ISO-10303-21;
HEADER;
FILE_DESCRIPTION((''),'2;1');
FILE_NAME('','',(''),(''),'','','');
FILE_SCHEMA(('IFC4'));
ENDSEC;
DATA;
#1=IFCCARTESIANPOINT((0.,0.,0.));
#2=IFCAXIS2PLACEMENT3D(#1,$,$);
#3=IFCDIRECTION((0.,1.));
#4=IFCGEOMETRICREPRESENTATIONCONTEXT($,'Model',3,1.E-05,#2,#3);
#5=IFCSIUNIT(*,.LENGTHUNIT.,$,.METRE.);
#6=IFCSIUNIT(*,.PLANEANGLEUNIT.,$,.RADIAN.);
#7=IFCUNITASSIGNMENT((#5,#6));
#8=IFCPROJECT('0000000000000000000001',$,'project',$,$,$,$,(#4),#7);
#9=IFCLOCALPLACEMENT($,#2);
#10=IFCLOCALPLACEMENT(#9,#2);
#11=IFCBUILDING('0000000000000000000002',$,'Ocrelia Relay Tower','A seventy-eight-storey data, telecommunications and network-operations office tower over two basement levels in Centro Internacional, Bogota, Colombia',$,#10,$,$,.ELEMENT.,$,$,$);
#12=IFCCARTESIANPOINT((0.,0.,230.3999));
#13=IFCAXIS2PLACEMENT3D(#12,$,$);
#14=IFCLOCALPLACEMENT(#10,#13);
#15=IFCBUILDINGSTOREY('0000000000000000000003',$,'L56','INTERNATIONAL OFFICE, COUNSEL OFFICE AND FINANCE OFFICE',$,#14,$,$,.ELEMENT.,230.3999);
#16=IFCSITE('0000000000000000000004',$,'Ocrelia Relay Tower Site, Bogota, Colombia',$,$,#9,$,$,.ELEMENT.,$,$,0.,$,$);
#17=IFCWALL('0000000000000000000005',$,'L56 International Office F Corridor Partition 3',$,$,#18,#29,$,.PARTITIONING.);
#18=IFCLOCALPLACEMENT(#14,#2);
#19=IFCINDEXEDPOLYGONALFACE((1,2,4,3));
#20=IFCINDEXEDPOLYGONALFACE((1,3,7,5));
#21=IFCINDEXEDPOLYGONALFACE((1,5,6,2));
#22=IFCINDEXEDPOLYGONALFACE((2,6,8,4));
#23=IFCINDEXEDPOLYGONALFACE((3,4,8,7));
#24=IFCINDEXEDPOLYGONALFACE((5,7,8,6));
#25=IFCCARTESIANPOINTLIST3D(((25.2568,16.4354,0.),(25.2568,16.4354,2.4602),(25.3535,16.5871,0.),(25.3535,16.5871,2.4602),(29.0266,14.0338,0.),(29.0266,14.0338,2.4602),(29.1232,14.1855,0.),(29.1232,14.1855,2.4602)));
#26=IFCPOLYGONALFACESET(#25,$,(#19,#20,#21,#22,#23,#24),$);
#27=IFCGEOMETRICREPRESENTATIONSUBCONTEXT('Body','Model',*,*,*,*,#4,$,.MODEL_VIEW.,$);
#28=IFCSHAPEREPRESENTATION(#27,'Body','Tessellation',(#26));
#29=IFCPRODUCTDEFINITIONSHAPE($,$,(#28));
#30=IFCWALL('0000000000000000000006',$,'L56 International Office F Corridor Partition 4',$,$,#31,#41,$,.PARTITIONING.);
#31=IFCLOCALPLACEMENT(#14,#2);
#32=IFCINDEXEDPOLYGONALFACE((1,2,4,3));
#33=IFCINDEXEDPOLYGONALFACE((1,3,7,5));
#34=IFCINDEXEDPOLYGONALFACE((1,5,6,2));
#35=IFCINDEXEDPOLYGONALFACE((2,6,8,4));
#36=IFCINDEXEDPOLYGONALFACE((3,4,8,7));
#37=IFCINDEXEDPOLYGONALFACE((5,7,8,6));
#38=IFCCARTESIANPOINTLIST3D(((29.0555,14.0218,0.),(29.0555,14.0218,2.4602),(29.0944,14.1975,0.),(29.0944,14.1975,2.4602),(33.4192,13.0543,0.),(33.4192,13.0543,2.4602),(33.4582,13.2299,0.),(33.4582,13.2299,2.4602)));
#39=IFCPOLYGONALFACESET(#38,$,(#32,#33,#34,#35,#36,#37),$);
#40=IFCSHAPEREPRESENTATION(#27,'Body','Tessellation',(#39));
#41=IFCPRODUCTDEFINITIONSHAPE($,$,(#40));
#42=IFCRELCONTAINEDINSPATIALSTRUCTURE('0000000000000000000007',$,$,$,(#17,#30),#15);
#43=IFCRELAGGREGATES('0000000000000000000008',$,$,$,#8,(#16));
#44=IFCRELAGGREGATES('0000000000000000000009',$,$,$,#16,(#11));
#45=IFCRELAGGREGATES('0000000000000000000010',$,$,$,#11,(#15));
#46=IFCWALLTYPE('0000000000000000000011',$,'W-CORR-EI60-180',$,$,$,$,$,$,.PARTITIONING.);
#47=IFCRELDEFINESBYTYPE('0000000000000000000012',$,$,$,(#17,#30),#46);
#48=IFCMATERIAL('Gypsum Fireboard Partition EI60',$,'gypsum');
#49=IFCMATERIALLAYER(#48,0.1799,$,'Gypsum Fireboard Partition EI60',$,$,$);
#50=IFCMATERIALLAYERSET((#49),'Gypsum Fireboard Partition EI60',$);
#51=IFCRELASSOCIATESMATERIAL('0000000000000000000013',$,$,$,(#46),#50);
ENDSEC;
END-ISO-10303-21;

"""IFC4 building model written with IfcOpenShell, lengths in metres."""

from ifc_helpers import new_model, si_unit, direction, frame, frame_2d, origin, place, context, subcontext, project, spatial, rectangle, extrude, material, layer, layer_set, type_object, element, save


model = new_model("IFC4")

# Units and contexts
model_context = context("Model", 3, precision=1e-05, world=origin(), true_north=direction((0.0, 1.0)))
body_context = subcontext(model_context, "Body", "Model", "MODEL_VIEW")
ifc_project = project(units=[si_unit("LENGTHUNIT", "METRE"), si_unit("PLANEANGLEUNIT", "RADIAN")], contexts=[model_context])

# Site, building, storey
site_placement = place(None, origin())
site = spatial("IfcSite", under=ifc_project, at=site_placement, Name="Ocrelia Relay Tower Site, Bogota, Colombia", CompositionType="ELEMENT", RefElevation=0.0)
building_placement = place(site_placement, origin())
building = spatial("IfcBuilding", under=site, at=building_placement, Name="Ocrelia Relay Tower", Description="A seventy-eight-storey data, telecommunications and network-operations office tower over two basement levels in Centro Internacional, Bogota, Colombia", CompositionType="ELEMENT")
storey_placement = place(building_placement, frame((0.0, 0.0, 230.3999)))
storey = spatial("IfcBuildingStorey", under=building, at=storey_placement, Name="L56", Description="INTERNATIONAL OFFICE, COUNSEL OFFICE AND FINANCE OFFICE", CompositionType="ELEMENT", Elevation=230.3999)

# Shared definitions
ifc_material_1 = material(Name="Gypsum Fireboard Partition EI60", Category="gypsum")
ifc_layer_1 = layer(ifc_material_1, 0.1799, Name="Gypsum Fireboard Partition EI60")
ifc_layer_set_1 = layer_set([ifc_layer_1], Name="Gypsum Fireboard Partition EI60")
wall_type_1 = type_object("IfcWallType", Name="W-CORR-EI60-180", PredefinedType="PARTITIONING", material=ifc_layer_set_1)

# Walls
for number, where, z_axis, x_axis, name in (
    (1, (25.3052, 16.5112, 0.0), (0.0, 0.0, 1.0), (0.843391, -0.5373, 0.0), "L56 International Office F Corridor Partition 3"),
    (2, (29.075, 14.1096, 0.0), (0.0, 0.0, 1.0), (0.976291, -0.216462, 0.0), "L56 International Office F Corridor Partition 4"),
):
    element("IfcWall", number, at=place(storey_placement, frame(where, z_axis=z_axis, x_axis=x_axis)), inside=storey, type_object=wall_type_1, Name=name, PredefinedType="PARTITIONING", context=body_context, shape_type="SweptSolid", body=[
        extrude(rectangle(XDim=4.4697, YDim=0.1799, at=frame_2d((2.2349, 0.0))), origin(), (0.0, 0.0, 1.0), 2.4602),
    ])

save(model, "model.ifc")
